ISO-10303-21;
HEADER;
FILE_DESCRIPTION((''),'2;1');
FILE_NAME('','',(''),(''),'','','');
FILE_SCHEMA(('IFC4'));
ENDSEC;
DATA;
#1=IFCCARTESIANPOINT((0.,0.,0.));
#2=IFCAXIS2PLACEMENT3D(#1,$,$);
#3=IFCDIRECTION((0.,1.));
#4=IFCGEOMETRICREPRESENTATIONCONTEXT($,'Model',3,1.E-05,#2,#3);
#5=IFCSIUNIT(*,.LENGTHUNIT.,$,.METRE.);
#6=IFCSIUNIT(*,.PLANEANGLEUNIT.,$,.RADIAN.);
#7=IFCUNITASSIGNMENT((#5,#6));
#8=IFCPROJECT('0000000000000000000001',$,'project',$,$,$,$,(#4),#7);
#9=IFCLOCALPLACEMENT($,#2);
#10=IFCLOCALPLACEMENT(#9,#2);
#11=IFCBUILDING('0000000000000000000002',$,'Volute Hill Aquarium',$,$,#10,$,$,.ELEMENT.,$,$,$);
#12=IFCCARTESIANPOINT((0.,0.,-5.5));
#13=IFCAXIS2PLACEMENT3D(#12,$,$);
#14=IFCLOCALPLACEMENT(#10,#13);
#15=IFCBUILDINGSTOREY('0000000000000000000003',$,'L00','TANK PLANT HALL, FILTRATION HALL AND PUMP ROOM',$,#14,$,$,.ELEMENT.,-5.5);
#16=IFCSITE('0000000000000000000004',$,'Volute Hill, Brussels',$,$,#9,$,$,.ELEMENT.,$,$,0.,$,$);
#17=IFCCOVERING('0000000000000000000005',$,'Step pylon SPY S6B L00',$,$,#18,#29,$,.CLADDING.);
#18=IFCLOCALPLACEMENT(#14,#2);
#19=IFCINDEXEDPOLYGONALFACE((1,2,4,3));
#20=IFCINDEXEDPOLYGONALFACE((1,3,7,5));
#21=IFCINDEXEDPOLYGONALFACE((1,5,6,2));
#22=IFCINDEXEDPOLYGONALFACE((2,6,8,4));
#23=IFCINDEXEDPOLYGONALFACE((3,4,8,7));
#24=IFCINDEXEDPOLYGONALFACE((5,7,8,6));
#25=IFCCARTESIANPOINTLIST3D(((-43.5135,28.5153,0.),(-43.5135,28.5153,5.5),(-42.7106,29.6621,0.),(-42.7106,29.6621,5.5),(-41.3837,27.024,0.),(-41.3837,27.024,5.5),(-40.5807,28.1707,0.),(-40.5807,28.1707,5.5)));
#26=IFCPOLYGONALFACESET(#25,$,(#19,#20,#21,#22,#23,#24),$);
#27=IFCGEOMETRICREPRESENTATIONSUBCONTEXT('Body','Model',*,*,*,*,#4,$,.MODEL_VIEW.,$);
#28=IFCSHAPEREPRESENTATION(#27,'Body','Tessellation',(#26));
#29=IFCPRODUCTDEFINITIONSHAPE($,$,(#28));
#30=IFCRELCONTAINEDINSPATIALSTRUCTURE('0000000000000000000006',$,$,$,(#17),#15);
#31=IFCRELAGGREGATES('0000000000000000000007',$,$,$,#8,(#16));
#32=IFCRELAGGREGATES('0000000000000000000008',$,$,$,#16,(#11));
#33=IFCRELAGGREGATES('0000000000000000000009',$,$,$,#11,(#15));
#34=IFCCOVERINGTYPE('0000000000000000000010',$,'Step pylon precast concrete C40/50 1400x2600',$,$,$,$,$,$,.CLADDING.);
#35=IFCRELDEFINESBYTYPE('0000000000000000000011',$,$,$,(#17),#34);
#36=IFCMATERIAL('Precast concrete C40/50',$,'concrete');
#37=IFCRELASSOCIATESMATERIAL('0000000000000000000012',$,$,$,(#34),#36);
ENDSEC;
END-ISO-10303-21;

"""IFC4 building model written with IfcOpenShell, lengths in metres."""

from ifc_helpers import new_model, si_unit, direction, frame, origin, origin_2d, place, context, subcontext, project, spatial, rectangle, extrude, material, type_object, element, save


model = new_model("IFC4")

# Units and contexts
model_context = context("Model", 3, precision=1e-05, world=origin(), true_north=direction((0.0, 1.0)))
body_context = subcontext(model_context, "Body", "Model", "MODEL_VIEW")
ifc_project = project(units=[si_unit("LENGTHUNIT", "METRE"), si_unit("PLANEANGLEUNIT", "RADIAN")], contexts=[model_context])

# Site, building, storey
site_placement = place(None, origin())
site = spatial("IfcSite", under=ifc_project, at=site_placement, Name="Volute Hill, Brussels", CompositionType="ELEMENT", RefElevation=0.0)
building_placement = place(site_placement, origin())
building = spatial("IfcBuilding", under=site, at=building_placement, Name="Volute Hill Aquarium", CompositionType="ELEMENT")
storey_placement = place(building_placement, frame((0.0, 0.0, -5.5)))
storey = spatial("IfcBuildingStorey", under=building, at=storey_placement, Name="L00", Description="TANK PLANT HALL, FILTRATION HALL AND PUMP ROOM", CompositionType="ELEMENT", Elevation=-5.5)

# Covering
ifc_material_1 = material(Name="Precast concrete C40/50", Category="concrete")
covering_type_1 = type_object("IfcCoveringType", Name="Step pylon precast concrete C40/50 1400x2600", PredefinedType="CLADDING", material=ifc_material_1)
covering_1_placement = place(storey_placement, frame((-42.0471, 28.343, 0.0), z_axis=(0.0, 0.0, 1.0), x_axis=(-0.819152, 0.573576, 0.0)))
element("IfcCovering", 1, at=covering_1_placement, inside=storey, type_object=covering_type_1, Name="Step pylon SPY S6B L00", PredefinedType="CLADDING", context=body_context, shape_type="SweptSolid", body=[
    extrude(rectangle(XDim=2.6001, YDim=1.3999, at=origin_2d()), origin(), (0.0, 0.0, 1.0), 5.5),
])

save(model, "model.ifc")
